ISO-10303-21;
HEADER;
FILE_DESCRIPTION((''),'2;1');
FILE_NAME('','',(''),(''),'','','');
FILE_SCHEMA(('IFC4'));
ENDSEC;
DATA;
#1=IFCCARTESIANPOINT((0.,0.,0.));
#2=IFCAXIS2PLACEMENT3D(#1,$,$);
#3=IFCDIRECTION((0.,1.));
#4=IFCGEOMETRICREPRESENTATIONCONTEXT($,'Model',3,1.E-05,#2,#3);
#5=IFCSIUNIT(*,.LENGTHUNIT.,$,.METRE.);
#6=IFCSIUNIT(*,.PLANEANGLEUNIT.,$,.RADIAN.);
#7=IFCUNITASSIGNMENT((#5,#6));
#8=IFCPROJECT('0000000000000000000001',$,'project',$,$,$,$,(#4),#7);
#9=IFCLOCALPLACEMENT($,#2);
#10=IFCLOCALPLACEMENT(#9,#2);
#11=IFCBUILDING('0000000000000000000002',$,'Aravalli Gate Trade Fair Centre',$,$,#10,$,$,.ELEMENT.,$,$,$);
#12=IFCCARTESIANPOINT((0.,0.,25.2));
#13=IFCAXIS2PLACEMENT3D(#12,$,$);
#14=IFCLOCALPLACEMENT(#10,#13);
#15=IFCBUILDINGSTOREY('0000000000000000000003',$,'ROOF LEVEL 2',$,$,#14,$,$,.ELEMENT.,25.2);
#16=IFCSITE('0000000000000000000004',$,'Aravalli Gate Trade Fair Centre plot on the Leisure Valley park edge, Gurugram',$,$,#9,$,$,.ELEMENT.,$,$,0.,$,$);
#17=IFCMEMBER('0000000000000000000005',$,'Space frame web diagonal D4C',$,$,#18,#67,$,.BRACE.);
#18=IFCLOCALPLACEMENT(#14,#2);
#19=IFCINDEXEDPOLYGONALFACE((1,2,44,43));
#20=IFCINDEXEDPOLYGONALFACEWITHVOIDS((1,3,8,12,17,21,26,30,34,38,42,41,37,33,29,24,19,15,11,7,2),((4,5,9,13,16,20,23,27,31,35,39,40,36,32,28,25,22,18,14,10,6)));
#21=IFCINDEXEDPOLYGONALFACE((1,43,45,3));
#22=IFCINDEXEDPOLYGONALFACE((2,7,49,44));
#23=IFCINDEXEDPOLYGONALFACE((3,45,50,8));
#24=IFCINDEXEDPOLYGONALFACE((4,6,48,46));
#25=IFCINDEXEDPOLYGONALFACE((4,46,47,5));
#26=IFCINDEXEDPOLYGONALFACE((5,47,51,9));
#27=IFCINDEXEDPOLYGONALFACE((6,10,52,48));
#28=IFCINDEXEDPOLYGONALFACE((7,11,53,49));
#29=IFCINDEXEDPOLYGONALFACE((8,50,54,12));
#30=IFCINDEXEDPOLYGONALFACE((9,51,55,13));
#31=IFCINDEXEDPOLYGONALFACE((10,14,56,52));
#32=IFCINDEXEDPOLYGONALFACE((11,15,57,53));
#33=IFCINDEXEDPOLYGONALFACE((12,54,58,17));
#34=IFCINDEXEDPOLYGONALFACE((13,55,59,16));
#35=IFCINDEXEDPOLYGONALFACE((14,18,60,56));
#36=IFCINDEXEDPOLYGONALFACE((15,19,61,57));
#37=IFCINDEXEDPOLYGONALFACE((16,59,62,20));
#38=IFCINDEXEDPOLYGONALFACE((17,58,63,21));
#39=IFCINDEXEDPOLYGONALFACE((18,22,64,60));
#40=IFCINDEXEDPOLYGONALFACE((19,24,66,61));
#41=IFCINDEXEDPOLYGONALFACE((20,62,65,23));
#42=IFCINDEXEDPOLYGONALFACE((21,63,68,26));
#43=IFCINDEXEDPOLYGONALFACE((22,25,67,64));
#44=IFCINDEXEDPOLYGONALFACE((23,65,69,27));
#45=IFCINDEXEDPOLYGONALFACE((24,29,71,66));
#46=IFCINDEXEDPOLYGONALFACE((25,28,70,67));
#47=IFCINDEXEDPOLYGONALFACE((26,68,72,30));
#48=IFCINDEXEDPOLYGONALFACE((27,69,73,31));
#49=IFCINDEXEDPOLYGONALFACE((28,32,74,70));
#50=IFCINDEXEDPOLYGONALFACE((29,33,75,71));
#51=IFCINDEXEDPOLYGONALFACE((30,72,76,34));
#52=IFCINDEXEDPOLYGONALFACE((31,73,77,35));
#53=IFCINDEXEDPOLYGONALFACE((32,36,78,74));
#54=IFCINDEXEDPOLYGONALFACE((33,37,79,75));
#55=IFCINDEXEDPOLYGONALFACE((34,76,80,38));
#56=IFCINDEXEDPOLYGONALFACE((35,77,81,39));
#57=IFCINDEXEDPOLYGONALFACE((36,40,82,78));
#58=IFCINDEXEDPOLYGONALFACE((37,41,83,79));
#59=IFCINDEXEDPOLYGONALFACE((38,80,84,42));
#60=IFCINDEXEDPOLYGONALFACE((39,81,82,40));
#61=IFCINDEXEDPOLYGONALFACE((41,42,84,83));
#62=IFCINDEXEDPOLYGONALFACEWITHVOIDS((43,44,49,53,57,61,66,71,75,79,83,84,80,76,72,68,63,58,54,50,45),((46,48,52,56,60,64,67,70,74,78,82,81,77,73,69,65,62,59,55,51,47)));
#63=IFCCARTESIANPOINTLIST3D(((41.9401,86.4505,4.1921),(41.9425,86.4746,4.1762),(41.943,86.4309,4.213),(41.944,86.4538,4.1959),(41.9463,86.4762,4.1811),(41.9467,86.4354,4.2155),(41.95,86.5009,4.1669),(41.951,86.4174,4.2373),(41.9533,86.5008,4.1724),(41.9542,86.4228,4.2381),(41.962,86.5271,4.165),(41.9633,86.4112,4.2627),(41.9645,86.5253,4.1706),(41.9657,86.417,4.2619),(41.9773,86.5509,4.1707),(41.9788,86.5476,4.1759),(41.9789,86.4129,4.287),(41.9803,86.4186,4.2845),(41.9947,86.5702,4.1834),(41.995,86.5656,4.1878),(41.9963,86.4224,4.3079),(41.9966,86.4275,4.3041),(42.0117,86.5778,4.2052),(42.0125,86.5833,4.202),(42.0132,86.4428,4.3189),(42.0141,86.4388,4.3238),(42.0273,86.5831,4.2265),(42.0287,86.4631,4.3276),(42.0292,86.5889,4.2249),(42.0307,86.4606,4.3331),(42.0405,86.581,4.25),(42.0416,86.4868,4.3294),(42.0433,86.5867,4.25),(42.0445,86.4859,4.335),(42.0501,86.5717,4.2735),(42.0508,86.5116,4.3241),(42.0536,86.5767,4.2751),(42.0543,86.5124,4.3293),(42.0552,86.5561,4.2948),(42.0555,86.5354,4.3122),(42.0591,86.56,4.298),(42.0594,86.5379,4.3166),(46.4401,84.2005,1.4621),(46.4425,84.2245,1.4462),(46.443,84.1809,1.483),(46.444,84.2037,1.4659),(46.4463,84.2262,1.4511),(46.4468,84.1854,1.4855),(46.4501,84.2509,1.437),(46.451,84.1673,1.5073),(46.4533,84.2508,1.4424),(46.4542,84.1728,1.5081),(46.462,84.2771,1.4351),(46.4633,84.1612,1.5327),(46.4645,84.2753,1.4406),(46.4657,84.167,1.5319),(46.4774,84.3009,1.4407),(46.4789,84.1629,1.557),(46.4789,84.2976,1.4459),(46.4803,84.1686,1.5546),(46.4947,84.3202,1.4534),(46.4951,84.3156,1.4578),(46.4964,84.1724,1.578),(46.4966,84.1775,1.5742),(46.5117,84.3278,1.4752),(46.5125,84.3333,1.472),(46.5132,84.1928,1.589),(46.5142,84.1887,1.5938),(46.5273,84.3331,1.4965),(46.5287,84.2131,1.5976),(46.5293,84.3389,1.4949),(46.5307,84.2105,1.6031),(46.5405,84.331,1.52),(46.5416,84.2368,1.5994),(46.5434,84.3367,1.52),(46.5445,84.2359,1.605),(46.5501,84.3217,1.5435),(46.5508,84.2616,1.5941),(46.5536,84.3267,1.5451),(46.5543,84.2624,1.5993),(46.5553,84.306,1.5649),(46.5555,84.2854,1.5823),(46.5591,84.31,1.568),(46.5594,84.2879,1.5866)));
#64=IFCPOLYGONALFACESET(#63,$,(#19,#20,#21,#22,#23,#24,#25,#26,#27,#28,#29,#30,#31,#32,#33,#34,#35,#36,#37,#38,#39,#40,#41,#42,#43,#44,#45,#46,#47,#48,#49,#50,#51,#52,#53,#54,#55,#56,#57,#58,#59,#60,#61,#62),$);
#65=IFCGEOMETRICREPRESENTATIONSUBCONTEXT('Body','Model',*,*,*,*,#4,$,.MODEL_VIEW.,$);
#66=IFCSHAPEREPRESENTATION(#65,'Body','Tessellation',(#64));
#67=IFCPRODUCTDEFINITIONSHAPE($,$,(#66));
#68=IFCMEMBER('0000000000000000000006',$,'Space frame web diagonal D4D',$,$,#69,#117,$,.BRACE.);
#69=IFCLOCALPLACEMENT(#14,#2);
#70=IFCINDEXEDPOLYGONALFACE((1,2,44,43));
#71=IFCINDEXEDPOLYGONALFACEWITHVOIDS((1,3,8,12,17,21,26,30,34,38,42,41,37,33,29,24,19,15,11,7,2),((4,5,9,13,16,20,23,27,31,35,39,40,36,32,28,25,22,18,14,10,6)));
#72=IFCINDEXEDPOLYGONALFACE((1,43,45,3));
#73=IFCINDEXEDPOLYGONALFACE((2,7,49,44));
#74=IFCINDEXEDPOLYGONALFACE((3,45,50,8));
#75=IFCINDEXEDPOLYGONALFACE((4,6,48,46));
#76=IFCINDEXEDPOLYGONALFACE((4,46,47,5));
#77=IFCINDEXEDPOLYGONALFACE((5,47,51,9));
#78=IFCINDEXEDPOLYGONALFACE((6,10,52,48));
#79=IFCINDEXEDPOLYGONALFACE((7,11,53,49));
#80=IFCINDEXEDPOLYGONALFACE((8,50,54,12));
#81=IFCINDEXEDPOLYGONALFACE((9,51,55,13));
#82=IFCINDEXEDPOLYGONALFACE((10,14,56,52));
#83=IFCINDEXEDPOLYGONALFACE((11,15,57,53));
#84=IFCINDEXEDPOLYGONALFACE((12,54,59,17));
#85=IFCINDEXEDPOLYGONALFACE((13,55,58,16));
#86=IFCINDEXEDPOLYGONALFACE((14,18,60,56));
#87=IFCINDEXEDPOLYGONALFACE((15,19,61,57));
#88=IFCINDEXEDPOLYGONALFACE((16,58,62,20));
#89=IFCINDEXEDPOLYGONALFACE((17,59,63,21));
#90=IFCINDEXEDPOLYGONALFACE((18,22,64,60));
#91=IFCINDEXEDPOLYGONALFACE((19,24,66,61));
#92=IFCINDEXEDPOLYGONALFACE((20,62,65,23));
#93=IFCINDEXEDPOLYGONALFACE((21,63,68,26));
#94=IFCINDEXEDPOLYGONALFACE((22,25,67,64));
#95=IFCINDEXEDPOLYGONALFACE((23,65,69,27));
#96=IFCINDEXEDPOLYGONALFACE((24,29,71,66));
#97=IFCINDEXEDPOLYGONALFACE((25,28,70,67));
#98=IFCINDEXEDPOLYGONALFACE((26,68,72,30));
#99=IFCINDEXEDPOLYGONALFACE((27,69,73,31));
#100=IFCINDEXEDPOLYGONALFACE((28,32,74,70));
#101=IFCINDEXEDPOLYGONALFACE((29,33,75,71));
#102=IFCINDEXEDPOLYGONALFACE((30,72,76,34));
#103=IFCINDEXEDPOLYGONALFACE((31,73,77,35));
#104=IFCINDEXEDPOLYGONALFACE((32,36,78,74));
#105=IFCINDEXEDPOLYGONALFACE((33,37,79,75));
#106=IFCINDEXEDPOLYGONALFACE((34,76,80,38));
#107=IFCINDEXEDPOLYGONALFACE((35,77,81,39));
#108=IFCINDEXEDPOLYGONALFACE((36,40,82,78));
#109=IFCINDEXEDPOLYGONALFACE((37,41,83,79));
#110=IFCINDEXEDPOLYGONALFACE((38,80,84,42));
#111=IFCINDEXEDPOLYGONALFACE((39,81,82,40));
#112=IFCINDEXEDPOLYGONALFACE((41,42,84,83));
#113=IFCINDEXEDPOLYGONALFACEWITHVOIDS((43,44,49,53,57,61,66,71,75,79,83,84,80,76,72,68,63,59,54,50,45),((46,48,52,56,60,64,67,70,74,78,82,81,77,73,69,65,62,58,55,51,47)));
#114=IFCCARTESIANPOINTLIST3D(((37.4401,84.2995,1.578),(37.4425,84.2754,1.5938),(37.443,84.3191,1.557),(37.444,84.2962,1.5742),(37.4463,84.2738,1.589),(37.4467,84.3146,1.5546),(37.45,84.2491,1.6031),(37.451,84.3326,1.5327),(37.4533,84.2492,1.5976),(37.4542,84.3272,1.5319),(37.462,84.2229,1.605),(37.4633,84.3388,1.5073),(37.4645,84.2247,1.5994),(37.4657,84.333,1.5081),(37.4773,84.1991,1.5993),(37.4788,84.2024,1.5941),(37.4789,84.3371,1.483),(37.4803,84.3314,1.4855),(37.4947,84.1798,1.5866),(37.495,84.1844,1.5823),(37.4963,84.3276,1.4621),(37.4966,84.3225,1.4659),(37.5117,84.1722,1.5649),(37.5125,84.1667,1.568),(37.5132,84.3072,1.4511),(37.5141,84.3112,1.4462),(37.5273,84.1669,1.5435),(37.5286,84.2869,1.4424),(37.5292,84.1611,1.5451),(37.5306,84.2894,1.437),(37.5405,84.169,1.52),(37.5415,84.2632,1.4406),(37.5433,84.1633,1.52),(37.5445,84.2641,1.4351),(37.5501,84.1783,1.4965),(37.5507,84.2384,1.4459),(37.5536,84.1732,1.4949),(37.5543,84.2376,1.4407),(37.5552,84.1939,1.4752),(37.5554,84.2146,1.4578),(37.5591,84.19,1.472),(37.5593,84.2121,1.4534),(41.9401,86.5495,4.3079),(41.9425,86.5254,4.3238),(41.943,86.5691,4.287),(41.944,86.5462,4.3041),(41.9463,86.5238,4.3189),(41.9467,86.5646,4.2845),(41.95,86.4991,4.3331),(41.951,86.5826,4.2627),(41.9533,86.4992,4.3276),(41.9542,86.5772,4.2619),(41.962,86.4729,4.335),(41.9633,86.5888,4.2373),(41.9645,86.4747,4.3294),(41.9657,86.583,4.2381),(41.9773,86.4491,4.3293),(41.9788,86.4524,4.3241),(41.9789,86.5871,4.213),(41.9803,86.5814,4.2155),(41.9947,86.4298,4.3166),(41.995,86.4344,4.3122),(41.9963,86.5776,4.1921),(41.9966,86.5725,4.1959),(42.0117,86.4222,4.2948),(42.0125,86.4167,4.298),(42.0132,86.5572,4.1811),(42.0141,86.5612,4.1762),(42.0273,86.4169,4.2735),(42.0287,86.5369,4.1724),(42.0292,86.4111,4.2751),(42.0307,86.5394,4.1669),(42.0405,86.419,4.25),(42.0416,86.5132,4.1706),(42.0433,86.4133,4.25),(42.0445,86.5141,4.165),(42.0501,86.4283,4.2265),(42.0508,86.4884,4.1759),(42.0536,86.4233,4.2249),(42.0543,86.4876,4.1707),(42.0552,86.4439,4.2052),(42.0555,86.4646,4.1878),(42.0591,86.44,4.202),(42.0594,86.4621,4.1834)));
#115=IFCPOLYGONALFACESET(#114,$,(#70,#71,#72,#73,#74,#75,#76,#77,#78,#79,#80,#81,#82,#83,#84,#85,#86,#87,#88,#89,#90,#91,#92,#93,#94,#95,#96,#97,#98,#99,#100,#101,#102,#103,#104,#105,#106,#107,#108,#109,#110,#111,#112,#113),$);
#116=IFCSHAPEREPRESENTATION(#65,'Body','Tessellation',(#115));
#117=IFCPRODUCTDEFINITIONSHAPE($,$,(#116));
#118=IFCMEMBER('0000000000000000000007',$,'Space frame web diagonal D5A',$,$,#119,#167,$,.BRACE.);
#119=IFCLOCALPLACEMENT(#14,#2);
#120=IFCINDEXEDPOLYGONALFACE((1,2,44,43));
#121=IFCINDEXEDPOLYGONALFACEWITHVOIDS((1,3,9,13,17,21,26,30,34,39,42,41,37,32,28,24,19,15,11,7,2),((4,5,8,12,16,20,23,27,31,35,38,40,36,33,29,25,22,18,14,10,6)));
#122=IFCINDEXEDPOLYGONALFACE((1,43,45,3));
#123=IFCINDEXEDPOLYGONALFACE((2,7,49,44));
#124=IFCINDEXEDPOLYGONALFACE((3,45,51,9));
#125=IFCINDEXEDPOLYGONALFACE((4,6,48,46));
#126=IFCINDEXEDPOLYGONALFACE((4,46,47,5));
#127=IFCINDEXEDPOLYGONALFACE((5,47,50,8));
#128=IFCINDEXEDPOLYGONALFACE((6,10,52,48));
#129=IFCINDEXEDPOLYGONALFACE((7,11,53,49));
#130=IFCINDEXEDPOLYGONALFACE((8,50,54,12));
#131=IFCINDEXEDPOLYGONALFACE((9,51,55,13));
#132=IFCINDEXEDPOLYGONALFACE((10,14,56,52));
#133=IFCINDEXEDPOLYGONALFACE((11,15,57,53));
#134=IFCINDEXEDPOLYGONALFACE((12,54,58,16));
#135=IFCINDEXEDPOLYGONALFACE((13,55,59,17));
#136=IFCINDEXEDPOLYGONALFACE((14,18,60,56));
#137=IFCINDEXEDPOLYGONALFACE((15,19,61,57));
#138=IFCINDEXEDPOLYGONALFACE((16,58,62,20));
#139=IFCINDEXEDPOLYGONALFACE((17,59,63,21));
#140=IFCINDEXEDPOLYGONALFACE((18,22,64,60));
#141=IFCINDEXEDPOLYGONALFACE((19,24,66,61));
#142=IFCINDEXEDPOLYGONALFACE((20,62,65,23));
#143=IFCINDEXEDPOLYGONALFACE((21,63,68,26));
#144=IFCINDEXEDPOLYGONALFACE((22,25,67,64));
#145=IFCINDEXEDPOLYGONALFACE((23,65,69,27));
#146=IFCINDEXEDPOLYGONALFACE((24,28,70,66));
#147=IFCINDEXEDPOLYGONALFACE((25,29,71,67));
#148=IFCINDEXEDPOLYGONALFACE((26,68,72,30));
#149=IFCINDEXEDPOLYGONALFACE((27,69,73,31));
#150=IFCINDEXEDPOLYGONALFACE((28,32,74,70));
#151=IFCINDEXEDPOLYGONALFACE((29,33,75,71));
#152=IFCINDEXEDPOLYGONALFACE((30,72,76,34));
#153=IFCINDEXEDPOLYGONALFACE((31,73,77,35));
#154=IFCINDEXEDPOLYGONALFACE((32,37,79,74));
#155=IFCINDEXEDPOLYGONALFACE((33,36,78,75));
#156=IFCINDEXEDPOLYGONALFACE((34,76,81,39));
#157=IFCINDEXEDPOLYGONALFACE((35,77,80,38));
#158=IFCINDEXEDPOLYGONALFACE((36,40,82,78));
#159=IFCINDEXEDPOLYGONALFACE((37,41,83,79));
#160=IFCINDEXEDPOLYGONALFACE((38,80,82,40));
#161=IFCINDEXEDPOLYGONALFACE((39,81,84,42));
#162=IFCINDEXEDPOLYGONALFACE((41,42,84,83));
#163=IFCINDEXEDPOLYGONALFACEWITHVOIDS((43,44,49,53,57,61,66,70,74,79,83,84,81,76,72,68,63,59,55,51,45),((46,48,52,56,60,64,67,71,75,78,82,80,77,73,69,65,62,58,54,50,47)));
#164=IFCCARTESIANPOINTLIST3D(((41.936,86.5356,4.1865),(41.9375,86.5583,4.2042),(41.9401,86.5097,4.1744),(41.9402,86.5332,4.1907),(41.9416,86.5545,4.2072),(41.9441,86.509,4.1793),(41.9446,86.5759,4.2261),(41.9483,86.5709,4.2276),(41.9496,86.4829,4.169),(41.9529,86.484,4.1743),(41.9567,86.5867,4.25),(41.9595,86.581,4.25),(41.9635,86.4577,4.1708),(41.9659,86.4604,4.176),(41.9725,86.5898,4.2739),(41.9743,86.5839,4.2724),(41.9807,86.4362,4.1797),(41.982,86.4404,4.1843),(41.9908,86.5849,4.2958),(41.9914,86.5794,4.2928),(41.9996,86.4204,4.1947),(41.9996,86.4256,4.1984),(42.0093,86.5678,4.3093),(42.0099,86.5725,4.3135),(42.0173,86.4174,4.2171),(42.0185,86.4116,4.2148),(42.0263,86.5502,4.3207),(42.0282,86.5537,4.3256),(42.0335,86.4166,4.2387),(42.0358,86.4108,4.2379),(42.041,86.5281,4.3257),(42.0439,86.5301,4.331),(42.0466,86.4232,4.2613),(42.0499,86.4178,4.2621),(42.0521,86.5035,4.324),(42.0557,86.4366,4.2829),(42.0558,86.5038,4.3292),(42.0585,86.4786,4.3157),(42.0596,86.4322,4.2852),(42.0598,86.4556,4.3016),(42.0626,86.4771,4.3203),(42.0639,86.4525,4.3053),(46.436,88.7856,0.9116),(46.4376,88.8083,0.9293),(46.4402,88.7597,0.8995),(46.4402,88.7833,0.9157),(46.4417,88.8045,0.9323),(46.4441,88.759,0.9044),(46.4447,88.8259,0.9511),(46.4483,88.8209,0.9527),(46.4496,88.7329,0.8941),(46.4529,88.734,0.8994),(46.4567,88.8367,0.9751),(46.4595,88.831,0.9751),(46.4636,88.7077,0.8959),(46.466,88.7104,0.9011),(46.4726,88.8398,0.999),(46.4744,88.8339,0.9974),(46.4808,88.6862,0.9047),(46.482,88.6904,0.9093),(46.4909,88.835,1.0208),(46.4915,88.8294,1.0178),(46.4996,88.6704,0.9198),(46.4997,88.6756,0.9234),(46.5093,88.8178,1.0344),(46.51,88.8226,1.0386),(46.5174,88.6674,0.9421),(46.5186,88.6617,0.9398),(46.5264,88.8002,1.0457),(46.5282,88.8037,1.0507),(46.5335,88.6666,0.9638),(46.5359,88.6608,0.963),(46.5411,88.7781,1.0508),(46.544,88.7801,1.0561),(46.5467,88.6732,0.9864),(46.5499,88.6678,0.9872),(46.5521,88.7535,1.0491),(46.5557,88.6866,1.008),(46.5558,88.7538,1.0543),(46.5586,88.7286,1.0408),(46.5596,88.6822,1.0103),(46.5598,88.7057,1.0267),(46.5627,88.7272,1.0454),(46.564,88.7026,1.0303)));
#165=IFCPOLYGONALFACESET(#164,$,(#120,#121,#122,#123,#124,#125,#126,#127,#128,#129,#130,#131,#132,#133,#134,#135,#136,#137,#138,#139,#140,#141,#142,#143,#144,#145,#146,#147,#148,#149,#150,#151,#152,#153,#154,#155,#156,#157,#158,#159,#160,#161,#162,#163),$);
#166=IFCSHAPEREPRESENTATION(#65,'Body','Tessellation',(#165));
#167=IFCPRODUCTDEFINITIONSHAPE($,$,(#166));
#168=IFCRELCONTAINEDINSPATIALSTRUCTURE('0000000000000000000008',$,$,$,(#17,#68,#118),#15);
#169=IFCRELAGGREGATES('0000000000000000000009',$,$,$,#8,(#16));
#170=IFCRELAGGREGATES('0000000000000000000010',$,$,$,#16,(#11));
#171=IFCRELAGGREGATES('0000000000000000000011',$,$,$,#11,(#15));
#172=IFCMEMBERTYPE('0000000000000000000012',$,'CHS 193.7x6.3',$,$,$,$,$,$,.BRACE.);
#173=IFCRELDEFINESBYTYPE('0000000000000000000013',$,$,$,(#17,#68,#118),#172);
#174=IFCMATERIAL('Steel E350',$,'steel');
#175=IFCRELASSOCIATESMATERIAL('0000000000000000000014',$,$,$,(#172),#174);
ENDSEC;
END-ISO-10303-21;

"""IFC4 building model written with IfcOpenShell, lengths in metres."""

from ifc_helpers import new_model, si_unit, direction, frame, origin, origin_2d, place, context, subcontext, project, spatial, hollow_circle, extrude, material, material_profile, profile_set, type_object, element, save


model = new_model("IFC4")

# Units and contexts
model_context = context("Model", 3, precision=1e-05, world=origin(), true_north=direction((0.0, 1.0)))
body_context = subcontext(model_context, "Body", "Model", "MODEL_VIEW")
ifc_project = project(units=[si_unit("LENGTHUNIT", "METRE"), si_unit("PLANEANGLEUNIT", "RADIAN")], contexts=[model_context])

# Site, building, storey
site_placement = place(None, origin())
site = spatial("IfcSite", under=ifc_project, at=site_placement, Name="Aravalli Gate Trade Fair Centre plot on the Leisure Valley park edge, Gurugram", CompositionType="ELEMENT", RefElevation=0.0)
building_placement = place(site_placement, origin())
building = spatial("IfcBuilding", under=site, at=building_placement, Name="Aravalli Gate Trade Fair Centre", CompositionType="ELEMENT")
storey_placement = place(building_placement, frame((0.0, 0.0, 25.2)))
storey = spatial("IfcBuildingStorey", under=building, at=storey_placement, Name="ROOF LEVEL 2", CompositionType="ELEMENT", Elevation=25.2)

# Members
ifc_material_1 = material(Name="Steel E350", Category="steel")
ifc_material_profile_1 = material_profile(ifc_material_1, hollow_circle(Radius=0.0969, WallThickness=0.0063, at=origin_2d()), Name="CHS 193.7x6.3")
ifc_profile_set_1 = profile_set([ifc_material_profile_1], Name="Steel E350")
member_type_1 = type_object("IfcMemberType", Name="CHS 193.7x6.3", PredefinedType="BRACE", material=ifc_profile_set_1)
for number, where, z_axis, x_axis, name in (
    (1, (42.0, 86.5, 4.25), (0.78615, -0.393075, -0.476928), (0.447214, 0.894427, 0.0), "Space frame web diagonal D4C"),
    (2, (42.0, 86.5, 4.25), (-0.78615, -0.393075, -0.476928), (0.447214, -0.894427, 0.0), "Space frame web diagonal D4D"),
):
    element("IfcMember", number, at=place(storey_placement, frame(where, z_axis=z_axis, x_axis=x_axis)), inside=storey, type_object=member_type_1, Name=name, PredefinedType="BRACE", context=body_context, shape_type="SweptSolid", body=[
        extrude(hollow_circle(Radius=0.0969, WallThickness=0.0063, at=origin_2d()), origin(), (0.0, 0.0, 1.0), 5.7241),
    ])
for number, where, z_axis, x_axis, name in (
    (3, (42.0, 86.5, 4.25), (0.74961, 0.374805, -0.545533), (-0.447214, 0.894427, 0.0), "Space frame web diagonal D5A"),
):
    element("IfcMember", number, at=place(storey_placement, frame(where, z_axis=z_axis, x_axis=x_axis)), inside=storey, type_object=member_type_1, Name=name, PredefinedType="BRACE", context=body_context, shape_type="SweptSolid", body=[
        extrude(hollow_circle(Radius=0.0969, WallThickness=0.0063, at=origin_2d()), origin(), (0.0, 0.0, 1.0), 6.0032),
    ])

save(model, "model.ifc")
